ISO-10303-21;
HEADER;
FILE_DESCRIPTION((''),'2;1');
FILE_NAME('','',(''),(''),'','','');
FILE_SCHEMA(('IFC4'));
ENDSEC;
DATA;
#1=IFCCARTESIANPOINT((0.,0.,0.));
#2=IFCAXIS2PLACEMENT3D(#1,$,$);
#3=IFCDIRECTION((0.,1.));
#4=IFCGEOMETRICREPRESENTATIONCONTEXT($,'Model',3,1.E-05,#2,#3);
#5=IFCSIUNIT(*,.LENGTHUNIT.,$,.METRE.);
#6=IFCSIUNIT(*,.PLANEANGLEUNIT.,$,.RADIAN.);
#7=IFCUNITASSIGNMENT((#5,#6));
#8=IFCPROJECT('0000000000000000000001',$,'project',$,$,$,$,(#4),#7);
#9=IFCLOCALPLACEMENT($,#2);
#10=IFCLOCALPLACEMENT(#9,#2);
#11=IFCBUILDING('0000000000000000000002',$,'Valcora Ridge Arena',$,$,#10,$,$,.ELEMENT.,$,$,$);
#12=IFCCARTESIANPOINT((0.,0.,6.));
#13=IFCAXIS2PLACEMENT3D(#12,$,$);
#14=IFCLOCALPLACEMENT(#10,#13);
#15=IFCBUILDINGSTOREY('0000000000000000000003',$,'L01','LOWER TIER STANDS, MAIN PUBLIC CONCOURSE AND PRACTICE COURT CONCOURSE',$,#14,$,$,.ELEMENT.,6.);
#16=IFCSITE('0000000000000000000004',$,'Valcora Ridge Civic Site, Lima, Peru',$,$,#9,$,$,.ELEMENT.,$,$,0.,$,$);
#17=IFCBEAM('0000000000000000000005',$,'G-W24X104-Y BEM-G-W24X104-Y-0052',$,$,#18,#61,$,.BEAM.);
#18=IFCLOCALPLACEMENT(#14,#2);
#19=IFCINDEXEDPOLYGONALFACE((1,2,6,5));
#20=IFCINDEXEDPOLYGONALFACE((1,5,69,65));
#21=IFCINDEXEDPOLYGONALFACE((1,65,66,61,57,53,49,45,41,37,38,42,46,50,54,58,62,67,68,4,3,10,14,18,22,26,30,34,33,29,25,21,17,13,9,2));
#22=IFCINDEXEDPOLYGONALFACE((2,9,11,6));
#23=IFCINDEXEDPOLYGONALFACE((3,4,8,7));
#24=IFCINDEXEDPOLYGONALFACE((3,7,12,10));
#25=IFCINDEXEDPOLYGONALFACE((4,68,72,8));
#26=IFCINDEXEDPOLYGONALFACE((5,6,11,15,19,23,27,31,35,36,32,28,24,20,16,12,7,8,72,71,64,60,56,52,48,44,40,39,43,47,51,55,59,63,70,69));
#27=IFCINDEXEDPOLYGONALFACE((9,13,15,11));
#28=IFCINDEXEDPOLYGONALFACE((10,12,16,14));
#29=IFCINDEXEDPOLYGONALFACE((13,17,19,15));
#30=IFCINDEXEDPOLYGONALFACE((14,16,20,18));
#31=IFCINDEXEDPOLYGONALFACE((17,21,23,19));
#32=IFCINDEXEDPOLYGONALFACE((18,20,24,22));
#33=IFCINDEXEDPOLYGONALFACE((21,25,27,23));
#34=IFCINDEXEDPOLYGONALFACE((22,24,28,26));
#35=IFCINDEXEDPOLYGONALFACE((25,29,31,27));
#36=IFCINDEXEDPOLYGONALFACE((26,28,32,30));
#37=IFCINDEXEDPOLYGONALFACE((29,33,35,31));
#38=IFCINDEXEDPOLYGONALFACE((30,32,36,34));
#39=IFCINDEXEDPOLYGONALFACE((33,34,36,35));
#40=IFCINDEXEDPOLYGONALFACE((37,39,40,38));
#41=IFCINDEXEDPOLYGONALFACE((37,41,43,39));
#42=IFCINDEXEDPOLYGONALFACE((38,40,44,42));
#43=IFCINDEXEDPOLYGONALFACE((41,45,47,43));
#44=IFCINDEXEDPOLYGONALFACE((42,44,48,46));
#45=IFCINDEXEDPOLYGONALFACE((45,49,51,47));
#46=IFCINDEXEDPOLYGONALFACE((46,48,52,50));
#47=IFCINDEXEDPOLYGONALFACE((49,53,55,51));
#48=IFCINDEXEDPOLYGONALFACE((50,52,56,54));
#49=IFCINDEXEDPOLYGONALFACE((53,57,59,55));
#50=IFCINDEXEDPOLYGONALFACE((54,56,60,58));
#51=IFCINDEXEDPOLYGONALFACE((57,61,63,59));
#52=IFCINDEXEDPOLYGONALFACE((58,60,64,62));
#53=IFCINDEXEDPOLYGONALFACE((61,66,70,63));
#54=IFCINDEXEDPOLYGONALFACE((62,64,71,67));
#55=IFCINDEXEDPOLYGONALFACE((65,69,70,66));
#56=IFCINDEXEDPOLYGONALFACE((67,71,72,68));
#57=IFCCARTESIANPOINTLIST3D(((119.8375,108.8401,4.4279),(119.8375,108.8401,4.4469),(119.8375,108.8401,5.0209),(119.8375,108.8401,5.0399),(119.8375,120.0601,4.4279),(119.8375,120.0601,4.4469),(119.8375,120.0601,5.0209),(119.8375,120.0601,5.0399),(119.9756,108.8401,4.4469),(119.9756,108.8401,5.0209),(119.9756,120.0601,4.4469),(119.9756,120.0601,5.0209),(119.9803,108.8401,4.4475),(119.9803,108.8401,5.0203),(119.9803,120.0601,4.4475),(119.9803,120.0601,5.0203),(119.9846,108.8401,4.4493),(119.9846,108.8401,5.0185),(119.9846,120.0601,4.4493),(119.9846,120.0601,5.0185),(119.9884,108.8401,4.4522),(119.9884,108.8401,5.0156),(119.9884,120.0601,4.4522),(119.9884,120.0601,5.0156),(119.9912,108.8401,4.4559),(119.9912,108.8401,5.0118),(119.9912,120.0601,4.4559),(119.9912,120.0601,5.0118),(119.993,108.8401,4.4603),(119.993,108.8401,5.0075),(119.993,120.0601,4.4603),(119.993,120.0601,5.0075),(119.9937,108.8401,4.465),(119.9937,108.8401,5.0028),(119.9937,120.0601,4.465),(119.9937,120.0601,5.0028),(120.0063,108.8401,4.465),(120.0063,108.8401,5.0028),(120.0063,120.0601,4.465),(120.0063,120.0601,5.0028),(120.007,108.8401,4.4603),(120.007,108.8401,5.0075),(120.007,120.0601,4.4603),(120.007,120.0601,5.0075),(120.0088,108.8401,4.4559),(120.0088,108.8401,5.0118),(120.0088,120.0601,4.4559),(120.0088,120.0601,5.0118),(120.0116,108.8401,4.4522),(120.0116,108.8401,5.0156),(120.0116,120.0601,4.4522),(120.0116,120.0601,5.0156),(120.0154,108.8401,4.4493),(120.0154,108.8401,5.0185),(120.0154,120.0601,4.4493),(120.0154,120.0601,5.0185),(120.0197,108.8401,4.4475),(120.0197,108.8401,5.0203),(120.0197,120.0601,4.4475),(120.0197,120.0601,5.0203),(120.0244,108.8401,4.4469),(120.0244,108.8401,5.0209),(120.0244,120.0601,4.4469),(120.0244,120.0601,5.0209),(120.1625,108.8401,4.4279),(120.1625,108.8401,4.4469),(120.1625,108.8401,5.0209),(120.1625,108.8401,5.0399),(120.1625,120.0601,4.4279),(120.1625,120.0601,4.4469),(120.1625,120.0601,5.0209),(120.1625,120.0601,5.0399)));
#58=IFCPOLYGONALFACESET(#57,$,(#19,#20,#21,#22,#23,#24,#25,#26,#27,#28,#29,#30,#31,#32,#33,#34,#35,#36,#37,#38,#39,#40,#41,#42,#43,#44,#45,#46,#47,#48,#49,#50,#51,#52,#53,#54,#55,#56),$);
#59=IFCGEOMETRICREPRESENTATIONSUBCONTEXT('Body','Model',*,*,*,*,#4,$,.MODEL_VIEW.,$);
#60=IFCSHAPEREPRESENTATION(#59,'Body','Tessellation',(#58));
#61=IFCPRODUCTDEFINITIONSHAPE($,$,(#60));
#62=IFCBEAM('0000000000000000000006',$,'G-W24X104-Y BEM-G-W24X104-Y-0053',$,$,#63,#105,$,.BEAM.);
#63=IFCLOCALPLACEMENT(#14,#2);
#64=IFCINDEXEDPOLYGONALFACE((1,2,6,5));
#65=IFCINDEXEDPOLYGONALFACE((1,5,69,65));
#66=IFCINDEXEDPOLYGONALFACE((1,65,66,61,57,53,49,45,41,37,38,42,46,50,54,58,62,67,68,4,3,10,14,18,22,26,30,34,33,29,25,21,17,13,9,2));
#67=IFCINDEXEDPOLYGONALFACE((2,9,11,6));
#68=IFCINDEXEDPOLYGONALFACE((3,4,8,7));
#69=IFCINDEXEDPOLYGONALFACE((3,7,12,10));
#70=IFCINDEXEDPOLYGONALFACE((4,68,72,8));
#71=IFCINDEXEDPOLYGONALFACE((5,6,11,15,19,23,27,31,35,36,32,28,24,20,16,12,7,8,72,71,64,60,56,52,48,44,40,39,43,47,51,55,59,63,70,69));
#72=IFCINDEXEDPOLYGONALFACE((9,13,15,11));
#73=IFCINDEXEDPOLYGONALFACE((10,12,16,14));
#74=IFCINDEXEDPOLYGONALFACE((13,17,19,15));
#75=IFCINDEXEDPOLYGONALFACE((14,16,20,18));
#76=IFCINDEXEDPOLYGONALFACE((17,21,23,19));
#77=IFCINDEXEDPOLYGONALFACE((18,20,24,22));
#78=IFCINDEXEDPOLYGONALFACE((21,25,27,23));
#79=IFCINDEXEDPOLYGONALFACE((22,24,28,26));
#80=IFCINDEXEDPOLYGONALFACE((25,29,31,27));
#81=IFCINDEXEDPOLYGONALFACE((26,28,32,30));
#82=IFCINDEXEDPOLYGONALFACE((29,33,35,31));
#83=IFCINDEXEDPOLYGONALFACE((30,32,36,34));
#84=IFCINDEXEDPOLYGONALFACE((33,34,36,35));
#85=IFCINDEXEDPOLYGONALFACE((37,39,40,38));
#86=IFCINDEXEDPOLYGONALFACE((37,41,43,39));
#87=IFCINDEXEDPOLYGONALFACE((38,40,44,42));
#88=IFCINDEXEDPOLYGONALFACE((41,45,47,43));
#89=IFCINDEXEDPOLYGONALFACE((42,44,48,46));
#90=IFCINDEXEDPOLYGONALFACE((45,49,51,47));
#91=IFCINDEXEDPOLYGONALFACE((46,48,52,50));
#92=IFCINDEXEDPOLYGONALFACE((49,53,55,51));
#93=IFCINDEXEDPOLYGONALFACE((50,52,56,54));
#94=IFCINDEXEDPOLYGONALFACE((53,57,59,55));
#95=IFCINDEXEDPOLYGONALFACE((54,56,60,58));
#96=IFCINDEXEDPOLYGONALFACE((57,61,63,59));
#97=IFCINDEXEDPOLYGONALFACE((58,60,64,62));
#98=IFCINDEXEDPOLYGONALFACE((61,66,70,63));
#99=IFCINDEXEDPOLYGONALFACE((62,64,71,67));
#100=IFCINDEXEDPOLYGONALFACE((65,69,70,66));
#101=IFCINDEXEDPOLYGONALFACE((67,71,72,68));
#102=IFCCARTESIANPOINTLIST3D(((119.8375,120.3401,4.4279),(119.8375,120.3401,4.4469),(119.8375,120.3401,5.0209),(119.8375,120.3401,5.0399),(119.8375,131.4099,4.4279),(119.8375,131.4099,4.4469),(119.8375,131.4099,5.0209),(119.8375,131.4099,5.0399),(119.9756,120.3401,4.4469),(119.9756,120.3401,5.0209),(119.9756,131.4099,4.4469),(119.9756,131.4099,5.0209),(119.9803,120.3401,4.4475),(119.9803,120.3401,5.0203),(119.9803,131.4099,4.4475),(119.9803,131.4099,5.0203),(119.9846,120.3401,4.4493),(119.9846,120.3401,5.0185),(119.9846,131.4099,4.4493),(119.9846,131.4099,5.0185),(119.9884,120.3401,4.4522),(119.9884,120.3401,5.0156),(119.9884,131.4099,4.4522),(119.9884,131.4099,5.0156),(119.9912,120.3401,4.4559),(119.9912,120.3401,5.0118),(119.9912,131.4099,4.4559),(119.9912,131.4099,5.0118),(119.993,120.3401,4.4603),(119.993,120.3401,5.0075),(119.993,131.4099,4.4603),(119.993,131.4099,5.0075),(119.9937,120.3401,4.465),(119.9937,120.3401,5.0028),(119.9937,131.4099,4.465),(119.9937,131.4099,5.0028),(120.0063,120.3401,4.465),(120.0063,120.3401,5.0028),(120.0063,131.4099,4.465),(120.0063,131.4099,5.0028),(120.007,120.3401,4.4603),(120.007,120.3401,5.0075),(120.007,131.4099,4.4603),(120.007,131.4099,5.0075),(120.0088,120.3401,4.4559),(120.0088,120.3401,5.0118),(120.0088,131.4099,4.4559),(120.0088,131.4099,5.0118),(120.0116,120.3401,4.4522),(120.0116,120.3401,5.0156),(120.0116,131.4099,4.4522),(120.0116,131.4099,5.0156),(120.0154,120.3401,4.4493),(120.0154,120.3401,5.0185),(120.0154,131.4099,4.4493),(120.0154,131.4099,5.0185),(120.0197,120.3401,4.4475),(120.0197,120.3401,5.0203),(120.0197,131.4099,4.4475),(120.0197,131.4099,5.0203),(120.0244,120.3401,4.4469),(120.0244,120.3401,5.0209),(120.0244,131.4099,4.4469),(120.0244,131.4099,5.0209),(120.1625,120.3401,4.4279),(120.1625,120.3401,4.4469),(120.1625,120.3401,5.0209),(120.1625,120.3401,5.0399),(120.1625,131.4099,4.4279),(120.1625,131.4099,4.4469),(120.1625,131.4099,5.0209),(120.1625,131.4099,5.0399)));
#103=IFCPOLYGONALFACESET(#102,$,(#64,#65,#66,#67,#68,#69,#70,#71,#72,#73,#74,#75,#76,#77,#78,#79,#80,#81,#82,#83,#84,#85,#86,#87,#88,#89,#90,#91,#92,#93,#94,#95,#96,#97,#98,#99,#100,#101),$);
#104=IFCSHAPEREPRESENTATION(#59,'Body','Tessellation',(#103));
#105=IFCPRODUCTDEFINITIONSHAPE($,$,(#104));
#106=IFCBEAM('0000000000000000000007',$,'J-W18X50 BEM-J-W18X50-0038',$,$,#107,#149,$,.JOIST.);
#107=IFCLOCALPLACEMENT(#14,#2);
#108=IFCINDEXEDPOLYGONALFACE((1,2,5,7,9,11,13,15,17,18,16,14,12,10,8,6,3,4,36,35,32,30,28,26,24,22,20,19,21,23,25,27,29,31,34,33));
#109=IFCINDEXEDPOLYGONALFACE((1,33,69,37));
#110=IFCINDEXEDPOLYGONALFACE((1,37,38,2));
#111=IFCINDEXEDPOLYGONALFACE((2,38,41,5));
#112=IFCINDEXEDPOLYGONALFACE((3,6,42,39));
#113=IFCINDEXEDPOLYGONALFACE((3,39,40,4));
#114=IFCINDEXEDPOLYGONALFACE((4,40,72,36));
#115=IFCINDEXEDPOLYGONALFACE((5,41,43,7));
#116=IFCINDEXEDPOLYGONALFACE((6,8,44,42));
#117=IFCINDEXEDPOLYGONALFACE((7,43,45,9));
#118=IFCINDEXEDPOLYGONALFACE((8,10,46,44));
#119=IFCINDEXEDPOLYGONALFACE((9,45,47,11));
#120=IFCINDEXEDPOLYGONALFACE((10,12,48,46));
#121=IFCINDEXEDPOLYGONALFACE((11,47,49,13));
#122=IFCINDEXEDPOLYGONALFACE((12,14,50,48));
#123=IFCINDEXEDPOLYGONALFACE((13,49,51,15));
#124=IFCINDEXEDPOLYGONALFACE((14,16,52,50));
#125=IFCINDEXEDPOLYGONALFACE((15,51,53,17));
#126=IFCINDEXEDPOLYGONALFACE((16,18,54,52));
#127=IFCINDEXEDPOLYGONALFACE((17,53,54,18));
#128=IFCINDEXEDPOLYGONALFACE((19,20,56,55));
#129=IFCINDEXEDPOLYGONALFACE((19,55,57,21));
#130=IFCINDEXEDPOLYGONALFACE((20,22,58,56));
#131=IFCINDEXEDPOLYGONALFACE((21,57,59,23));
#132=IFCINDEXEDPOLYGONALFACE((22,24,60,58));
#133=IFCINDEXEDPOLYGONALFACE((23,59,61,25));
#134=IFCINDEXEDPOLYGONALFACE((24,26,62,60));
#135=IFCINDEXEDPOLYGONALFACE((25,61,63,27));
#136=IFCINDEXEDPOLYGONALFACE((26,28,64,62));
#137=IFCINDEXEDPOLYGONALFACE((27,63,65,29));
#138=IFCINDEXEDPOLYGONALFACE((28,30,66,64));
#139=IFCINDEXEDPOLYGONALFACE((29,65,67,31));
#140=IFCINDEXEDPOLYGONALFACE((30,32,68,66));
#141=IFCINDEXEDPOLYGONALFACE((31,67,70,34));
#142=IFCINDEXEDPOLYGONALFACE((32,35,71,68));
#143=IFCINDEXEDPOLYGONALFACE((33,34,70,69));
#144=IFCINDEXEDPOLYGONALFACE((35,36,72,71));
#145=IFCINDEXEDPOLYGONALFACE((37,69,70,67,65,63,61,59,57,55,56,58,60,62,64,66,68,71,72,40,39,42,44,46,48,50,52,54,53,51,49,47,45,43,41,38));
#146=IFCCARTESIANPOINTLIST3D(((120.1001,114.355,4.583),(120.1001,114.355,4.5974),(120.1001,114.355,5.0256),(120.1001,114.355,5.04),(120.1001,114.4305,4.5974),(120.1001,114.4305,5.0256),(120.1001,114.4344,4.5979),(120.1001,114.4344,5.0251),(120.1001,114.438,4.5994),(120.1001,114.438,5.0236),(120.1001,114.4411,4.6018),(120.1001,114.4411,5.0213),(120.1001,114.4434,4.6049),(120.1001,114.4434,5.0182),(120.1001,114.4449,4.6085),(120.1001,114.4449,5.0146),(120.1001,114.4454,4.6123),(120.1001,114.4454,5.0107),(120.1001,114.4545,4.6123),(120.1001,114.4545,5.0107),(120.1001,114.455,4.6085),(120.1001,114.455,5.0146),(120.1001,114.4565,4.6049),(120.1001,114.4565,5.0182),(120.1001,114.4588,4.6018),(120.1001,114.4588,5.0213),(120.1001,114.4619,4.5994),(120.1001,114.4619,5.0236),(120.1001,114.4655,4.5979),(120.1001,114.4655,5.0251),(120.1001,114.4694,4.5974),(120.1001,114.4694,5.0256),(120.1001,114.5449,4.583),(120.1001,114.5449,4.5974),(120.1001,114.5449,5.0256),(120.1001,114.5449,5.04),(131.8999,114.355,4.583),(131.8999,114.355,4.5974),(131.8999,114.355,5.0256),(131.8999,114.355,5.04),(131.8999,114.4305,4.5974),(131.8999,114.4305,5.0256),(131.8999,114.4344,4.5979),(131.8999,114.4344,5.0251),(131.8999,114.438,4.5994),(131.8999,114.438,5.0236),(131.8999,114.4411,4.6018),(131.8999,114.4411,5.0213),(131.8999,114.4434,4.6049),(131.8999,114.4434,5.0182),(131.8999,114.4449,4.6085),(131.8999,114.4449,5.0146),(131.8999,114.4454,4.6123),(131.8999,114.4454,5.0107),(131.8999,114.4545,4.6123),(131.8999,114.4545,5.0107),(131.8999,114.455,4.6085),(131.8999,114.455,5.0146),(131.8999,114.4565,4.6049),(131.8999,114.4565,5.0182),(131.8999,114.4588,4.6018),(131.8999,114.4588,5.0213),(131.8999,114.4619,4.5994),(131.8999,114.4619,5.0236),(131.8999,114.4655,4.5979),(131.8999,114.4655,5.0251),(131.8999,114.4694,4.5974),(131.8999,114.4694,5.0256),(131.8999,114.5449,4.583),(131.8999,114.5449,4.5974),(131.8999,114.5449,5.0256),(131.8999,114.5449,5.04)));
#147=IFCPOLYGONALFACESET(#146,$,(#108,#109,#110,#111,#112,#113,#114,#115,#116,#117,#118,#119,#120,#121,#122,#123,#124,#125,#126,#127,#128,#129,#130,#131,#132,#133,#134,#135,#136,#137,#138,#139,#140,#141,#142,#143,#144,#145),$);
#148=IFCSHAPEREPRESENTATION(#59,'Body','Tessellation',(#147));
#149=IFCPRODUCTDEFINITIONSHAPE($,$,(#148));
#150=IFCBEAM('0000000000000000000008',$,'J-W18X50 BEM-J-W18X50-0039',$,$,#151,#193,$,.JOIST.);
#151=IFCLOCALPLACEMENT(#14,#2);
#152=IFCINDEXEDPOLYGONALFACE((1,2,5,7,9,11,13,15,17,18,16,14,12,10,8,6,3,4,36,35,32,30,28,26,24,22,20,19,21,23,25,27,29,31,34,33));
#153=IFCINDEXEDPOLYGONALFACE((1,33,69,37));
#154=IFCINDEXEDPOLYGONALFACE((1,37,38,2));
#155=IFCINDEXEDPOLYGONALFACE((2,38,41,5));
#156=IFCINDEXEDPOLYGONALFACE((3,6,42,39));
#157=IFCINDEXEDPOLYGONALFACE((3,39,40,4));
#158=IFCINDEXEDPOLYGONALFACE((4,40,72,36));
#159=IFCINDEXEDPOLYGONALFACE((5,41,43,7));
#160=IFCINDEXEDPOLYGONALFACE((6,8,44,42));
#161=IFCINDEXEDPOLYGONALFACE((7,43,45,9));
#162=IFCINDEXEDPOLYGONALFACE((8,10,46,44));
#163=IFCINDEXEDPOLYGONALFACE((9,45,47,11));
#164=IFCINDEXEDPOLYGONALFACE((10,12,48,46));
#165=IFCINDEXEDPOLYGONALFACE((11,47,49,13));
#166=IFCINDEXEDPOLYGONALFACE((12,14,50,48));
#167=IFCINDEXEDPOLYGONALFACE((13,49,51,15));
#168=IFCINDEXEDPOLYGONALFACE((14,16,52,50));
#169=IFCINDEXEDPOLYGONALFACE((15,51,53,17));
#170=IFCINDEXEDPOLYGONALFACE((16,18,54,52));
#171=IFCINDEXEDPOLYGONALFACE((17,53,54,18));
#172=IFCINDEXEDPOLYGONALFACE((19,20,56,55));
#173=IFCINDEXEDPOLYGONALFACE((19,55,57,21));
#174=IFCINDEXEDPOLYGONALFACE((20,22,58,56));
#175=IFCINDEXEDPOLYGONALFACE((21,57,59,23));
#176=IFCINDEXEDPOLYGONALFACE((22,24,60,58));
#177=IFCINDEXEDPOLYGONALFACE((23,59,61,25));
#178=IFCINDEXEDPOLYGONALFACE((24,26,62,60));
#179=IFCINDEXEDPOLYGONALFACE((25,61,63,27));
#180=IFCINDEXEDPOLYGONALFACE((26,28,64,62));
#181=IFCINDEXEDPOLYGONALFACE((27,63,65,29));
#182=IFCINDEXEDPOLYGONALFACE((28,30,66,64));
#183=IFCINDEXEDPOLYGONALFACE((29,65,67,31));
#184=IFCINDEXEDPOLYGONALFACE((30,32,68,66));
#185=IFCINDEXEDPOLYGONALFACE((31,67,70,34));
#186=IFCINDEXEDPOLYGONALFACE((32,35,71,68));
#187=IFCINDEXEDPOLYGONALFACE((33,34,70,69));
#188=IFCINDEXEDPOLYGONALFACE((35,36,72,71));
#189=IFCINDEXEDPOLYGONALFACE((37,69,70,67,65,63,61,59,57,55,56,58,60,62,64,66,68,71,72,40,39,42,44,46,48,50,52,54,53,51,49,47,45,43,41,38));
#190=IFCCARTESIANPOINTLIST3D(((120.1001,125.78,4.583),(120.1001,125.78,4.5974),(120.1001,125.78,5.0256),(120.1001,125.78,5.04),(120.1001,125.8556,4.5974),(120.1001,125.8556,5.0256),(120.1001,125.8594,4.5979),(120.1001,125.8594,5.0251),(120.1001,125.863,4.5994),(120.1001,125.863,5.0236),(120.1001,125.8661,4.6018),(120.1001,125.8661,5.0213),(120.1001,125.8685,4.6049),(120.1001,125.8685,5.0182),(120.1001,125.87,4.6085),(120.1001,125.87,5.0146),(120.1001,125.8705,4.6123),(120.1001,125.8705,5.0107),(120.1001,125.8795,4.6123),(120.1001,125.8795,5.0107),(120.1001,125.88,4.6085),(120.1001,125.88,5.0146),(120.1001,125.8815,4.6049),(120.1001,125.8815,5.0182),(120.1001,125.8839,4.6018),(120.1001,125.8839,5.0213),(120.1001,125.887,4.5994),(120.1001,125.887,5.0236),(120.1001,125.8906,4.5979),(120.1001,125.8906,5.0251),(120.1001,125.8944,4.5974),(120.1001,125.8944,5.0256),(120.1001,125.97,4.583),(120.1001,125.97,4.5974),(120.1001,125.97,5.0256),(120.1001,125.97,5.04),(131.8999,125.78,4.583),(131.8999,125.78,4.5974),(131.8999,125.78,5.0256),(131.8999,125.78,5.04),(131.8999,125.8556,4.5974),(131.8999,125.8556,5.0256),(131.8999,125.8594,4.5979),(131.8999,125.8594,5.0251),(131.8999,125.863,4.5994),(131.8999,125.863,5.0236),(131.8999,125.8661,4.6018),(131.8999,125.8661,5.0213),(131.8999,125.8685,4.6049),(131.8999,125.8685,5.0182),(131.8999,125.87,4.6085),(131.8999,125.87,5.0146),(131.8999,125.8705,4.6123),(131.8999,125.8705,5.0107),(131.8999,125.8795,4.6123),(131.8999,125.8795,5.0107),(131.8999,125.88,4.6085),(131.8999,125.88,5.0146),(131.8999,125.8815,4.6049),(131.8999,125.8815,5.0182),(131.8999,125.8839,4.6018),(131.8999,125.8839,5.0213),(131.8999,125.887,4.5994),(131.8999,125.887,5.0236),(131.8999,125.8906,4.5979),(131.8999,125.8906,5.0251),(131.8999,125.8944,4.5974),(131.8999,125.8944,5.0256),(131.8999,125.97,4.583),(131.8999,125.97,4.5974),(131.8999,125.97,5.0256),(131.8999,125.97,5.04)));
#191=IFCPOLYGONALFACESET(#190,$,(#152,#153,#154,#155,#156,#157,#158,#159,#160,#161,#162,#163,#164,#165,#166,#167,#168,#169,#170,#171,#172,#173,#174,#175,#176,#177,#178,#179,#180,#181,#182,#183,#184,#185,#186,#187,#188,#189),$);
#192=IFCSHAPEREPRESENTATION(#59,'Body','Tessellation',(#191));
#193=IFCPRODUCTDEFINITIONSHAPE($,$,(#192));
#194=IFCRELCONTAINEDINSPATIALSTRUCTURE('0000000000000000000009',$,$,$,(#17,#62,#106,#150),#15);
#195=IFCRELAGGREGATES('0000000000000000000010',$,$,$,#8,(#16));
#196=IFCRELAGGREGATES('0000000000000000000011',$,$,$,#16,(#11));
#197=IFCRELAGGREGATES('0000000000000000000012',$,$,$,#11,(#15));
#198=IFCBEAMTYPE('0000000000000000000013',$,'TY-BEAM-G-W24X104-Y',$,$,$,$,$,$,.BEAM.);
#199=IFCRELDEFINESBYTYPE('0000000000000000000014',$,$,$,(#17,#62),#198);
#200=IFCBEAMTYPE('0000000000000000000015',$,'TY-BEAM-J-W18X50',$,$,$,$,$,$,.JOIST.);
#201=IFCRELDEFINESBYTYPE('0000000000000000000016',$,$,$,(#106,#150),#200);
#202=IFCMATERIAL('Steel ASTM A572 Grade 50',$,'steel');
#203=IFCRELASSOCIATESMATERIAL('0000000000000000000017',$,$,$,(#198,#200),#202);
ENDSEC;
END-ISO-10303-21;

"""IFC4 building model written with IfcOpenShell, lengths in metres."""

from ifc_helpers import new_model, si_unit, direction, frame, origin, origin_2d, place, context, subcontext, project, spatial, i_section, extrude, material, material_profile, profile_set, type_object, element, save


model = new_model("IFC4")

# Units and contexts
model_context = context("Model", 3, precision=1e-05, world=origin(), true_north=direction((0.0, 1.0)))
body_context = subcontext(model_context, "Body", "Model", "MODEL_VIEW")
ifc_project = project(units=[si_unit("LENGTHUNIT", "METRE"), si_unit("PLANEANGLEUNIT", "RADIAN")], contexts=[model_context])

# Site, building, storey
site_placement = place(None, origin())
site = spatial("IfcSite", under=ifc_project, at=site_placement, Name="Valcora Ridge Civic Site, Lima, Peru", CompositionType="ELEMENT", RefElevation=0.0)
building_placement = place(site_placement, origin())
building = spatial("IfcBuilding", under=site, at=building_placement, Name="Valcora Ridge Arena", CompositionType="ELEMENT")
storey_placement = place(building_placement, frame((0.0, 0.0, 6.0)))
storey = spatial("IfcBuildingStorey", under=building, at=storey_placement, Name="L01", Description="LOWER TIER STANDS, MAIN PUBLIC CONCOURSE AND PRACTICE COURT CONCOURSE", CompositionType="ELEMENT", Elevation=6.0)

# Beams
ifc_material_1 = material(Name="Steel ASTM A572 Grade 50", Category="steel")
ifc_material_profile_1 = material_profile(ifc_material_1, i_section(OverallWidth=0.325, OverallDepth=0.6121, WebThickness=0.0127, FlangeThickness=0.019, FilletRadius=0.0181, at=origin_2d()), Name="W24X104")
ifc_profile_set_1 = profile_set([ifc_material_profile_1], Name="Steel ASTM A572 Grade 50")
beam_type_1 = type_object("IfcBeamType", Name="TY-BEAM-G-W24X104-Y", PredefinedType="BEAM", material=ifc_profile_set_1)
beam_1_placement = place(storey_placement, frame((120.0, 108.8401, 4.7339), z_axis=(0.0, 1.0, 0.0), x_axis=(-1.0, 0.0, 0.0)))
element("IfcBeam", 1, at=beam_1_placement, inside=storey, type_object=beam_type_1, Name="G-W24X104-Y BEM-G-W24X104-Y-0052", PredefinedType="BEAM", context=body_context, shape_type="SweptSolid", body=[
    extrude(i_section(OverallWidth=0.325, OverallDepth=0.6121, WebThickness=0.0127, FlangeThickness=0.019, FilletRadius=0.0181, at=origin_2d()), origin(), (0.0, 0.0, 1.0), 11.22),
])
beam_2_placement = place(storey_placement, frame((120.0, 120.3401, 4.7339), z_axis=(0.0, 1.0, 0.0), x_axis=(-1.0, 0.0, 0.0)))
element("IfcBeam", 2, at=beam_2_placement, inside=storey, type_object=beam_type_1, Name="G-W24X104-Y BEM-G-W24X104-Y-0053", PredefinedType="BEAM", context=body_context, shape_type="SweptSolid", body=[
    extrude(i_section(OverallWidth=0.325, OverallDepth=0.6121, WebThickness=0.0127, FlangeThickness=0.019, FilletRadius=0.0181, at=origin_2d()), origin(), (0.0, 0.0, 1.0), 11.0698),
])
ifc_material_profile_2 = material_profile(ifc_material_1, i_section(OverallWidth=0.1899, OverallDepth=0.457, WebThickness=0.009, FlangeThickness=0.0144, FilletRadius=0.0149, at=origin_2d()), Name="W18X50")
ifc_profile_set_2 = profile_set([ifc_material_profile_2], Name="Steel ASTM A572 Grade 50")
beam_type_2 = type_object("IfcBeamType", Name="TY-BEAM-J-W18X50", PredefinedType="JOIST", material=ifc_profile_set_2)
for number, where, z_axis, x_axis, name in (
    (3, (120.1001, 114.45, 4.8115), (1.0, 0.0, 0.0), (0.0, 1.0, 0.0), "J-W18X50 BEM-J-W18X50-0038"),
    (4, (120.1001, 125.875, 4.8115), (1.0, 0.0, 0.0), (0.0, 1.0, 0.0), "J-W18X50 BEM-J-W18X50-0039"),
):
    element("IfcBeam", number, at=place(storey_placement, frame(where, z_axis=z_axis, x_axis=x_axis)), inside=storey, type_object=beam_type_2, Name=name, PredefinedType="JOIST", context=body_context, shape_type="SweptSolid", body=[
        extrude(i_section(OverallWidth=0.1899, OverallDepth=0.457, WebThickness=0.009, FlangeThickness=0.0144, FilletRadius=0.0149, at=origin_2d()), origin(), (0.0, 0.0, 1.0), 11.7998),
    ])

save(model, "model.ifc")
